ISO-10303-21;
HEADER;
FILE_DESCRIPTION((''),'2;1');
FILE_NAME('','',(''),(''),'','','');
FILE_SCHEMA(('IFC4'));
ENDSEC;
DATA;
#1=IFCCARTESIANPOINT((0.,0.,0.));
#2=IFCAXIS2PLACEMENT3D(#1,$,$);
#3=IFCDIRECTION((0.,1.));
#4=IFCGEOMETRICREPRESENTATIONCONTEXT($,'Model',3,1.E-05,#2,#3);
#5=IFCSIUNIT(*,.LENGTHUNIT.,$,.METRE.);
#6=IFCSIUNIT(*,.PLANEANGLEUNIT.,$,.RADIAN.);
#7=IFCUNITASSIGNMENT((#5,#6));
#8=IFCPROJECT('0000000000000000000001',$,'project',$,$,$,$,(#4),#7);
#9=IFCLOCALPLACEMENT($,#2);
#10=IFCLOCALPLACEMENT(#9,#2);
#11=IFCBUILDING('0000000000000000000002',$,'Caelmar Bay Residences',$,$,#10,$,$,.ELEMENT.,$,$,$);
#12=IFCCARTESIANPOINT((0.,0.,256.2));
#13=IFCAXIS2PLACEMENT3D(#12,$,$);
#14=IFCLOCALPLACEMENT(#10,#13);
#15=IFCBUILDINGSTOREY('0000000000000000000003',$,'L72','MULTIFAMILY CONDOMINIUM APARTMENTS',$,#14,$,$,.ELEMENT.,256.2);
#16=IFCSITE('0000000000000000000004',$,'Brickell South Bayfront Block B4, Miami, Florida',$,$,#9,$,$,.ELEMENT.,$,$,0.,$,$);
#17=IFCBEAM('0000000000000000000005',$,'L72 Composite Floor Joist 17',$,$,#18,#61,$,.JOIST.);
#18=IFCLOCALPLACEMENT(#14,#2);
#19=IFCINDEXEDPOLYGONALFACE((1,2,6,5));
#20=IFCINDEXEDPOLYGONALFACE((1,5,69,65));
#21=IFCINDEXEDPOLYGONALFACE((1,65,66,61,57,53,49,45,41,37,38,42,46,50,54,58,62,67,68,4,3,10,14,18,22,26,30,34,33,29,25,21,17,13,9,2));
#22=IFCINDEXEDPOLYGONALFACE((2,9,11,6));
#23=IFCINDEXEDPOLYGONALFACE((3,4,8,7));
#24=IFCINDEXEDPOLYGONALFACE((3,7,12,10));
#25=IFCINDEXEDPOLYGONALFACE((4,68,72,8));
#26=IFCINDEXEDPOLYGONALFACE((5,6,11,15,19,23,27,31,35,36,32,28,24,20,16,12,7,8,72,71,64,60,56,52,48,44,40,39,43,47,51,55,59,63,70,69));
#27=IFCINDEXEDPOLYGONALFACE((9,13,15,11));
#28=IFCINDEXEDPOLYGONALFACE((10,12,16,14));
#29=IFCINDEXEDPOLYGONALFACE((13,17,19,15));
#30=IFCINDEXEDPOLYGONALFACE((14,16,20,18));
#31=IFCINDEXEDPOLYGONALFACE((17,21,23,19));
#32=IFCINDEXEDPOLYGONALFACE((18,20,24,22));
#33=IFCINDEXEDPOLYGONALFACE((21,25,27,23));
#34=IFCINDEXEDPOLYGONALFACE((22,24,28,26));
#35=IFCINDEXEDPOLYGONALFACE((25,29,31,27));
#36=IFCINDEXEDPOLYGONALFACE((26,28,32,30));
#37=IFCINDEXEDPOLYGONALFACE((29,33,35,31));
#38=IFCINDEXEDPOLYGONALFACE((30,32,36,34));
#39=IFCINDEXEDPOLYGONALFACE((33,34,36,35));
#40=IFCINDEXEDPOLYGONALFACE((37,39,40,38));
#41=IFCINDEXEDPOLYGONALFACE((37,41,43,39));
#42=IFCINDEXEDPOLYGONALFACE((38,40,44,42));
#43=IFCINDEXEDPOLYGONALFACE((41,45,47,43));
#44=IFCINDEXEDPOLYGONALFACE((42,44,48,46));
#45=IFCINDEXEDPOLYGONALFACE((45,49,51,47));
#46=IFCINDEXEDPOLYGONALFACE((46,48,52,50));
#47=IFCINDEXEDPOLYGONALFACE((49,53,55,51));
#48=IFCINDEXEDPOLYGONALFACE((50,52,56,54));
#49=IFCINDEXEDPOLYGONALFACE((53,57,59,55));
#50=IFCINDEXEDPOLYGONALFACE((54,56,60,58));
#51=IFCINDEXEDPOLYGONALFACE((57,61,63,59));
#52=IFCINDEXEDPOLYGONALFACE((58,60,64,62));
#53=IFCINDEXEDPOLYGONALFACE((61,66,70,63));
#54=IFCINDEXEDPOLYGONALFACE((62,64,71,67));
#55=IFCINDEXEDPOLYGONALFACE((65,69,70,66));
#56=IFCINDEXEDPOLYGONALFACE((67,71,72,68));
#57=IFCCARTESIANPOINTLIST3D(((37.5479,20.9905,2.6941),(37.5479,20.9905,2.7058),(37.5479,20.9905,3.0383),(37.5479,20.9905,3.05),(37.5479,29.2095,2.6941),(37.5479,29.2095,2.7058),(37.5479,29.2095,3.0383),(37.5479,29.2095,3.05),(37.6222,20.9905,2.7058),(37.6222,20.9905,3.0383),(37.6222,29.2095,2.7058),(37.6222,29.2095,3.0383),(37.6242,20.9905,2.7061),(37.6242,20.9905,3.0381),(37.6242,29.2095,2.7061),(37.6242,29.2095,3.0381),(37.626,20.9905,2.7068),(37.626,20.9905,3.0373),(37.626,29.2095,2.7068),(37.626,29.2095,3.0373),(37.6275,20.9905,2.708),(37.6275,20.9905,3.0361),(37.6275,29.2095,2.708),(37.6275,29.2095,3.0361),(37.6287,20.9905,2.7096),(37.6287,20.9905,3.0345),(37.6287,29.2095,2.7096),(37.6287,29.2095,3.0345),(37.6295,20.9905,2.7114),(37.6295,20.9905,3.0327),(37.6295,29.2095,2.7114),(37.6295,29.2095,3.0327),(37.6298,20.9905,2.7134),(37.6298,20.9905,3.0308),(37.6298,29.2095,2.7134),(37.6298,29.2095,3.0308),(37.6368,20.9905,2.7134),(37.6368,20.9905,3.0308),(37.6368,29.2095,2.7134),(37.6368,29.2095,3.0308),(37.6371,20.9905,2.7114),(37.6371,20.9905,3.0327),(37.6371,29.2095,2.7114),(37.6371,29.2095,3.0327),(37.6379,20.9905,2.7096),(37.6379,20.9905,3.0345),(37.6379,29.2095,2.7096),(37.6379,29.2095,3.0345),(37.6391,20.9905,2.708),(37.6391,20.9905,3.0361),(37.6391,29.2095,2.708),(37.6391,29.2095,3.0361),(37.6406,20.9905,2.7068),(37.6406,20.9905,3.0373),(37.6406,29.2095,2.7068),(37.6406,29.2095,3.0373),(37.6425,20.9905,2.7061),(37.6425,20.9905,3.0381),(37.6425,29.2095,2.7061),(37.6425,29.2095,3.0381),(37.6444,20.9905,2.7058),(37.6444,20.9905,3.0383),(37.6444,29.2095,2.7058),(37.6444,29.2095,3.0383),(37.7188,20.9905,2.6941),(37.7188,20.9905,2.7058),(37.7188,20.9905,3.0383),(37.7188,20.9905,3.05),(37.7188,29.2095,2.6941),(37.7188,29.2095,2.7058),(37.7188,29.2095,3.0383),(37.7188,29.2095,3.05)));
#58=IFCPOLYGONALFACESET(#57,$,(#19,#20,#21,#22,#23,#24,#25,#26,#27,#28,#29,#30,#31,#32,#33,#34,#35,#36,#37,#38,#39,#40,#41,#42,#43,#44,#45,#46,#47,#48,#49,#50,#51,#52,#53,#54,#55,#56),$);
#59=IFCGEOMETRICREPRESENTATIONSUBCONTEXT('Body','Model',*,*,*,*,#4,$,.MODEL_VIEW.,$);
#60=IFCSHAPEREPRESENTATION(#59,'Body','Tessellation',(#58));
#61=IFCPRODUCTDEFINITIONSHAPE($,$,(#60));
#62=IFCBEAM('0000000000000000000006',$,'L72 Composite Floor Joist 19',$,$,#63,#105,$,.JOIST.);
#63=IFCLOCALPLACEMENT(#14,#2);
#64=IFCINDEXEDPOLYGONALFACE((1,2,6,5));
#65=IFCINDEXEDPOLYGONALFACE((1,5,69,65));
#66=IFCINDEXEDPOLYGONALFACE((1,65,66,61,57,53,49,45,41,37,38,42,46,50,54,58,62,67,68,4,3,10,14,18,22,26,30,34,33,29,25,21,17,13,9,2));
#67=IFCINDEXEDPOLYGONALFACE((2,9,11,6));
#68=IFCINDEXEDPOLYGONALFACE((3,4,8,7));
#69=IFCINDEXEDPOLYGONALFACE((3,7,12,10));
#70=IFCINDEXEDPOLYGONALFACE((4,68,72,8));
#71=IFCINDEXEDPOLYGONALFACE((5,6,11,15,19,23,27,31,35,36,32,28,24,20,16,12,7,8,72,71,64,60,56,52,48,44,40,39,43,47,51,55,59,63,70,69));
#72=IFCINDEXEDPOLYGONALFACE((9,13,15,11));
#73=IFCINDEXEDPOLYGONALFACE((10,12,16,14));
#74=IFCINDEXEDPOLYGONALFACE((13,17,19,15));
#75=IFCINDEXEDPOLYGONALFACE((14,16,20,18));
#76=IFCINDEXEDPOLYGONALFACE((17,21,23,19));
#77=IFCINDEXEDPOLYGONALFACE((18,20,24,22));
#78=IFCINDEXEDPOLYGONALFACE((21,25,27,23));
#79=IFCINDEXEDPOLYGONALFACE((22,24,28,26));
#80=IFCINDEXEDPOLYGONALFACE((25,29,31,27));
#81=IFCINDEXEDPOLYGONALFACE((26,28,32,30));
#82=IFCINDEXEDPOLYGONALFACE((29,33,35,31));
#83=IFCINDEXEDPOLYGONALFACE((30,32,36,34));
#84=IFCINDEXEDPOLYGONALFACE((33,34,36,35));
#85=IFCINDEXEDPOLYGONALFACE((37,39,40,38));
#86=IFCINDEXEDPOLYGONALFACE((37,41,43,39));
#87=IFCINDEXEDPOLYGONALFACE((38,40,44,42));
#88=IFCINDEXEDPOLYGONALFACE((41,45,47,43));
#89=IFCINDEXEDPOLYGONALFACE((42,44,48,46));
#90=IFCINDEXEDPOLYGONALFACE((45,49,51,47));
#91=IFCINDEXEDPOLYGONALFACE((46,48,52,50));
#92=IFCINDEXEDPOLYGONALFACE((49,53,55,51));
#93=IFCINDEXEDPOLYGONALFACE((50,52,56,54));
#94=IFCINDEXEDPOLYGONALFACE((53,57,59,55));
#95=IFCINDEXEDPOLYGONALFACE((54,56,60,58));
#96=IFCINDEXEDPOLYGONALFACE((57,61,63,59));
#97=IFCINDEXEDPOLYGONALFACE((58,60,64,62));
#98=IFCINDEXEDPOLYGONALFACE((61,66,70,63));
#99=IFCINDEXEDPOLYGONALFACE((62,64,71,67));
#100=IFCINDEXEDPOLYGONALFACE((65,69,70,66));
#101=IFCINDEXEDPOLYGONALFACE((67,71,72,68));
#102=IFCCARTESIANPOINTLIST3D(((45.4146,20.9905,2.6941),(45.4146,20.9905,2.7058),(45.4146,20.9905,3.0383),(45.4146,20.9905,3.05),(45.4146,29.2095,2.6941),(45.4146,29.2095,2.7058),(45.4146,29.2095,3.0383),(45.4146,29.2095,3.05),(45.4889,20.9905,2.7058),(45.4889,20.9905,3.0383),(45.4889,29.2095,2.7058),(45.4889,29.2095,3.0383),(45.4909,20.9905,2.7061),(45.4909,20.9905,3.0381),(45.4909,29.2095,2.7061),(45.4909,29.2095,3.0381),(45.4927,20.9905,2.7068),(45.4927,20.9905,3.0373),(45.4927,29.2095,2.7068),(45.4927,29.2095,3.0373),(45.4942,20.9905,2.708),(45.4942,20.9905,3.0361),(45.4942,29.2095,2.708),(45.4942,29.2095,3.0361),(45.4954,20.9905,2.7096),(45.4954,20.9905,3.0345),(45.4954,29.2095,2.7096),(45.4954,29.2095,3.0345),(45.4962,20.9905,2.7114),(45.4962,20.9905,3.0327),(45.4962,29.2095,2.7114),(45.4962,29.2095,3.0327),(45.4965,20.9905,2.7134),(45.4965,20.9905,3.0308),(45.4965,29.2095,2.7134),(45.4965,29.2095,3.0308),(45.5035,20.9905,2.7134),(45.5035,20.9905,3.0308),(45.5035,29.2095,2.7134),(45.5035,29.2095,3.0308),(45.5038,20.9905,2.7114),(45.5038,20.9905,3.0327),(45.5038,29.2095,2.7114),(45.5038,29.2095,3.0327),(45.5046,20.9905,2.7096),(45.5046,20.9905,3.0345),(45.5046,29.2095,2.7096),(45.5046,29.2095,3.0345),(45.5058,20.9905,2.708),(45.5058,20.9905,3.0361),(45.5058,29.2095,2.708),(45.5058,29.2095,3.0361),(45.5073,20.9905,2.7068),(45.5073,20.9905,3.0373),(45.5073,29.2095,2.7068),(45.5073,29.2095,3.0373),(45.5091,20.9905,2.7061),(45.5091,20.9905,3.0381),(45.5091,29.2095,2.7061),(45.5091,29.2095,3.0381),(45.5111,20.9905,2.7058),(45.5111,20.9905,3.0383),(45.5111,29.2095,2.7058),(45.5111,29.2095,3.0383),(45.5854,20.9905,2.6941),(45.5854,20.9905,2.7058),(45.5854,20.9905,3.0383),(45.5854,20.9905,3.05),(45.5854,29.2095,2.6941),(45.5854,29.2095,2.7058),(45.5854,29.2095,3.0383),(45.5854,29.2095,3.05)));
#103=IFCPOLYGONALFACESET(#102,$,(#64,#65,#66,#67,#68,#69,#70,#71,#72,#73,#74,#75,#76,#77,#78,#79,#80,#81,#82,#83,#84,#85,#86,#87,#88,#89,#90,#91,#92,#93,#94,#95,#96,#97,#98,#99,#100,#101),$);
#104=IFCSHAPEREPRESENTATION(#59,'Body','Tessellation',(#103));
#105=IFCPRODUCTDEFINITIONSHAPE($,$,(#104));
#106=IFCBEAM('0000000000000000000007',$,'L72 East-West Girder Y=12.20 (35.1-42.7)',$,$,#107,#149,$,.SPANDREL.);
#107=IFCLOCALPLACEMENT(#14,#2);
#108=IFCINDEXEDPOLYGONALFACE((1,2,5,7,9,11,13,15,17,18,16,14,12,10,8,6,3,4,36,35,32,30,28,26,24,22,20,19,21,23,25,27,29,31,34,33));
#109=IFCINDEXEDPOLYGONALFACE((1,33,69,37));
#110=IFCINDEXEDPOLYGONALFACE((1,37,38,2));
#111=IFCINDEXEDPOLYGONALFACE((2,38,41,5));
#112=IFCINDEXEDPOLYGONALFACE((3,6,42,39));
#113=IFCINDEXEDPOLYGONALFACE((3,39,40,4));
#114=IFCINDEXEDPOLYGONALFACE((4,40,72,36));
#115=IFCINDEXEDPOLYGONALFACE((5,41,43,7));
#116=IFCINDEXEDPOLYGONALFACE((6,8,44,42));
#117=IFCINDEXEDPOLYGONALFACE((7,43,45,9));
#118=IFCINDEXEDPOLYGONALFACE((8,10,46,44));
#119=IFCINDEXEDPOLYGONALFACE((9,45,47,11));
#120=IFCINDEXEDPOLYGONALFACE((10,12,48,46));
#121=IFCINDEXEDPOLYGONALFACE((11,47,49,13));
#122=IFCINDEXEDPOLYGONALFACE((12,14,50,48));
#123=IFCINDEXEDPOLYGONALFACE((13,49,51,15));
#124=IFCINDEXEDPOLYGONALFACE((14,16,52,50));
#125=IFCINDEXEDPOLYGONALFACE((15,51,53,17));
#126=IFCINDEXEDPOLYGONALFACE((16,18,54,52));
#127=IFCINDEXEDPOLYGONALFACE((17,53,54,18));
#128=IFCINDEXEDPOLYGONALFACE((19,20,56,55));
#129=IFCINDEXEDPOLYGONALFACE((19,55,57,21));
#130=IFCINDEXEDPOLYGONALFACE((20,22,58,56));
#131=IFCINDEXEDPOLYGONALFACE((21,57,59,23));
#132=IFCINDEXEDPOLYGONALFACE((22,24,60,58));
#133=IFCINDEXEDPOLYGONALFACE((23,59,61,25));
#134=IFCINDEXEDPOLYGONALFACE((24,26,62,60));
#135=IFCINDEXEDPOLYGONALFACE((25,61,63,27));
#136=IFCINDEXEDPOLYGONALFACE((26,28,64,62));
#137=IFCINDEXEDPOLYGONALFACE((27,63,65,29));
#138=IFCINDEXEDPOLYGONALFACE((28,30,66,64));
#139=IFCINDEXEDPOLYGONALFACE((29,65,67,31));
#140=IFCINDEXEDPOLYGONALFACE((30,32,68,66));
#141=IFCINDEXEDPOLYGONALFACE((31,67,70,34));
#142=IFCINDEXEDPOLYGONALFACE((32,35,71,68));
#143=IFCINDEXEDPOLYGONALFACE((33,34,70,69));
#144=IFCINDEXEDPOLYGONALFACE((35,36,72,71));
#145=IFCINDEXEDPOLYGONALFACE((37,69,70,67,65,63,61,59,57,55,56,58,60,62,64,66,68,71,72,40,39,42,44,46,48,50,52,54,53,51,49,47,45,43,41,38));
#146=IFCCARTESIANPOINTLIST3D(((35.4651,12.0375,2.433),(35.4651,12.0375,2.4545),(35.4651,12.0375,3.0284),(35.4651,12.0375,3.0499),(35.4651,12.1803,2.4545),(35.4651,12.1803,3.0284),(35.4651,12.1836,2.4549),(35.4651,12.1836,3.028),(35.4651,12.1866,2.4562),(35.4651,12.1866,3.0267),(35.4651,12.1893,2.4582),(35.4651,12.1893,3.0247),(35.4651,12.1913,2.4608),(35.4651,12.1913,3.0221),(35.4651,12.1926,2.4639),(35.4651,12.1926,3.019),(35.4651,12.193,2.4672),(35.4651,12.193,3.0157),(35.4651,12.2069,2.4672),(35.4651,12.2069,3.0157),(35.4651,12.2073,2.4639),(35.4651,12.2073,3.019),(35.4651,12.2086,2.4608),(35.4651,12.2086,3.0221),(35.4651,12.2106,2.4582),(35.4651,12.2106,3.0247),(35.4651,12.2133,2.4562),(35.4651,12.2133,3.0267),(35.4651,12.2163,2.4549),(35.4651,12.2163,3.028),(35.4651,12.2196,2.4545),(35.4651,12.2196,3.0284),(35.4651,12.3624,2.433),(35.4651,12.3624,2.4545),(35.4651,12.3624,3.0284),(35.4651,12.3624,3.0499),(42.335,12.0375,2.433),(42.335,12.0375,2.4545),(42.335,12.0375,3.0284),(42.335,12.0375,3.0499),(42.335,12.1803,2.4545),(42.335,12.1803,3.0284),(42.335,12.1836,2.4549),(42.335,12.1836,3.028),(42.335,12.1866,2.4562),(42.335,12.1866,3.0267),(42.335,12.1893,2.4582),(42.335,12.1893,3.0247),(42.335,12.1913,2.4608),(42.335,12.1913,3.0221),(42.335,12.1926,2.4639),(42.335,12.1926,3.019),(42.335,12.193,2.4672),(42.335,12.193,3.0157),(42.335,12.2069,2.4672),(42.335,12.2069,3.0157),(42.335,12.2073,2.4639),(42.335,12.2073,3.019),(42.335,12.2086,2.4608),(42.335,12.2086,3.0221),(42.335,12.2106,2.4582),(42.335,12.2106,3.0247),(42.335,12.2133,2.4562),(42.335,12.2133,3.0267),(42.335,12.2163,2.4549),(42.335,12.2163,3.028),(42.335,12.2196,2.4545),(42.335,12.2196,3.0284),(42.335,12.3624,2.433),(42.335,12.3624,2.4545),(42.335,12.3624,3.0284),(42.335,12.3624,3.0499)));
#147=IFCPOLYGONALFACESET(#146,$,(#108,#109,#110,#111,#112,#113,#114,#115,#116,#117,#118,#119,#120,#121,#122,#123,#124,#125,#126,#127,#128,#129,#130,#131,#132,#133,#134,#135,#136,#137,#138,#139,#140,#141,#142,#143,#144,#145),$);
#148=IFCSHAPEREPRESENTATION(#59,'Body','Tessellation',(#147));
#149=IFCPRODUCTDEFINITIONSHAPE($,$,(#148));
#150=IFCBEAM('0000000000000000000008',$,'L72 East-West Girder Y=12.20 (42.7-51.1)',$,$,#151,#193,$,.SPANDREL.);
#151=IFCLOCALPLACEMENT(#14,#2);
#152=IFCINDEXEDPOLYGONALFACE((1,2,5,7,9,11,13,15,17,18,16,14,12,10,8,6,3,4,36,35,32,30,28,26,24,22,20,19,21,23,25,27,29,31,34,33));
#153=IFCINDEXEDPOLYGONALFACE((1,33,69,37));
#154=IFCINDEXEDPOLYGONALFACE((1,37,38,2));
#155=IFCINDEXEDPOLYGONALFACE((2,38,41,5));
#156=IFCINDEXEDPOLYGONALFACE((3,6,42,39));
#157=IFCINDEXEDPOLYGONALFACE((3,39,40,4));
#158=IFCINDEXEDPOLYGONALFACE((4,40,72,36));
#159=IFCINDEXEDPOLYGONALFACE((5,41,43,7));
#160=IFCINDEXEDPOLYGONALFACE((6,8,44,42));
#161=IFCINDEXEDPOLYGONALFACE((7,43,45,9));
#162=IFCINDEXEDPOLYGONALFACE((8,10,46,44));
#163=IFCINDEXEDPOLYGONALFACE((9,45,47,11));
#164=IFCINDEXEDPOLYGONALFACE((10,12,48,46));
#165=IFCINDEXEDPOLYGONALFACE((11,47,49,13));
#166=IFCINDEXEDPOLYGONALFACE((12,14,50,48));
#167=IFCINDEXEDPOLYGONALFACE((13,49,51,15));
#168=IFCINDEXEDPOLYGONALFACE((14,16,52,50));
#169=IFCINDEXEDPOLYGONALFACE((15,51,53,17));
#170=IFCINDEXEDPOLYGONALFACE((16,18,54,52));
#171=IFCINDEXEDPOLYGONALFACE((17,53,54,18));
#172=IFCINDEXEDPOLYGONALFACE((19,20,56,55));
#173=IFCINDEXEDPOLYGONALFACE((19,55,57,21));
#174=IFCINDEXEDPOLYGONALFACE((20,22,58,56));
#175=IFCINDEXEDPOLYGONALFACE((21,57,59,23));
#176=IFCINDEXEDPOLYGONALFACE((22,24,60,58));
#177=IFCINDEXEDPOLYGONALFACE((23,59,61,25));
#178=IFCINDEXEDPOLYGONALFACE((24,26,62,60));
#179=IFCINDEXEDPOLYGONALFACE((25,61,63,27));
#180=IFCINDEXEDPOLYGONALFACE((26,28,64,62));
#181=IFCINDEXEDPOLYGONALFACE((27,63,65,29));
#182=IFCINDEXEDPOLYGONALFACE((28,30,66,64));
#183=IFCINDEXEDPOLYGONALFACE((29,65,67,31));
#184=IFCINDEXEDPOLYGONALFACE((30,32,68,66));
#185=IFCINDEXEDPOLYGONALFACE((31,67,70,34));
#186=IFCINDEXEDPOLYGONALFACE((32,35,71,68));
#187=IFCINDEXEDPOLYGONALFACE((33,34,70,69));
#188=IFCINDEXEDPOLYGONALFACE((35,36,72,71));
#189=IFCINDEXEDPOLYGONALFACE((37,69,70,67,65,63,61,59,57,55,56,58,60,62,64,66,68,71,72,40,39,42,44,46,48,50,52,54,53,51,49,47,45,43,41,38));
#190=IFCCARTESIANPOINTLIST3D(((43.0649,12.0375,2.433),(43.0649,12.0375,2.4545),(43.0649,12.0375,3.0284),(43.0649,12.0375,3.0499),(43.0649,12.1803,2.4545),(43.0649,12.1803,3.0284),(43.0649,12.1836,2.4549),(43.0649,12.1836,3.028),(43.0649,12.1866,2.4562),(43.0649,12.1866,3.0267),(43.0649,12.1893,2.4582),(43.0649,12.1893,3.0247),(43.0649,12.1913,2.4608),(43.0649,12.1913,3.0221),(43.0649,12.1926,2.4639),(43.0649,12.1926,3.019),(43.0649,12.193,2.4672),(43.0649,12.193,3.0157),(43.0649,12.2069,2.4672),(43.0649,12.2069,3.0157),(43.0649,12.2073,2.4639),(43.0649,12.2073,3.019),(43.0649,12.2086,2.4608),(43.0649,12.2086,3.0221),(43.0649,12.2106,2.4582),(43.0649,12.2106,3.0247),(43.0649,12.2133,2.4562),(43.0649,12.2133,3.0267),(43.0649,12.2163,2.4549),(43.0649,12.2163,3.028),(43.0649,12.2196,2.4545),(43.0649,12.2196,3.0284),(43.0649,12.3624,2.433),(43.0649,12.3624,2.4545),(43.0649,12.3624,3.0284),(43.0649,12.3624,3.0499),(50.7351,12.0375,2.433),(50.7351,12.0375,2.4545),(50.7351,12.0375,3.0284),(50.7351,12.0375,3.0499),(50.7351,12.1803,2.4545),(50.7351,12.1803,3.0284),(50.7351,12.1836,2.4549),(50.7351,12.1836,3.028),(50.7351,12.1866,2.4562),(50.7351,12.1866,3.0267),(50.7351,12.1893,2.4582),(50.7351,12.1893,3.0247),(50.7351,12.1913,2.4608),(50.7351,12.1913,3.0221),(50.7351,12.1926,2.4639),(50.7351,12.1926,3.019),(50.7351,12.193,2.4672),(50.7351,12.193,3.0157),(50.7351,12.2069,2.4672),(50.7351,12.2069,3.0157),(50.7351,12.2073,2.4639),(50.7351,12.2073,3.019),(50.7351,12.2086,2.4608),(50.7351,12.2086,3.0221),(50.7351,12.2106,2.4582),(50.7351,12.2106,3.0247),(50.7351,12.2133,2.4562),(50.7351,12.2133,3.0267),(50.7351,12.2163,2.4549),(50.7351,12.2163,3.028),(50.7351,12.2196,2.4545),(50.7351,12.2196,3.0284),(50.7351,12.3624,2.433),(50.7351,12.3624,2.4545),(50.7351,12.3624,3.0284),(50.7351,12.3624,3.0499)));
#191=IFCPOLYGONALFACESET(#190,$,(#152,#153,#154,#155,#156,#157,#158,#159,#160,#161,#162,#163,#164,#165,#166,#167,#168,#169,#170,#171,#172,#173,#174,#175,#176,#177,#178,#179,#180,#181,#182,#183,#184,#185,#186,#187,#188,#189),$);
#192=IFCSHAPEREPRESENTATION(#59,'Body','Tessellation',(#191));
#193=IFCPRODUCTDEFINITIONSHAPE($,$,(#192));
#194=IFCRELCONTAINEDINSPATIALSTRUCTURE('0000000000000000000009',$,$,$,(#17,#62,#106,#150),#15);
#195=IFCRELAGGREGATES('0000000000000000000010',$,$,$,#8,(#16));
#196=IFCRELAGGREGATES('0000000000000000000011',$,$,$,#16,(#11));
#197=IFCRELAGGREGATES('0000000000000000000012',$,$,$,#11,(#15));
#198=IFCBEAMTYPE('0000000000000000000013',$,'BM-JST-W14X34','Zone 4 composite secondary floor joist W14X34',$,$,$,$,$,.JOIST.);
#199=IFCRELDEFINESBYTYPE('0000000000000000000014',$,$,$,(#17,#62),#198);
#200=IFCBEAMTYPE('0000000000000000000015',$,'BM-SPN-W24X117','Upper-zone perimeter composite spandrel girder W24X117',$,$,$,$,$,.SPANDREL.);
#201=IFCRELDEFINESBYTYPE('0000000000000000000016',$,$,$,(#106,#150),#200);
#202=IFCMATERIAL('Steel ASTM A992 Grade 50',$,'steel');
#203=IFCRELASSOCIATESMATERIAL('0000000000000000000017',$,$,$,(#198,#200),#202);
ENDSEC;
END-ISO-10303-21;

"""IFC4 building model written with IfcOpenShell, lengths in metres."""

from ifc_helpers import new_model, si_unit, direction, frame, origin, origin_2d, place, context, subcontext, project, spatial, i_section, extrude, material, material_profile, profile_set, type_object, element, save


model = new_model("IFC4")

# Units and contexts
model_context = context("Model", 3, precision=1e-05, world=origin(), true_north=direction((0.0, 1.0)))
body_context = subcontext(model_context, "Body", "Model", "MODEL_VIEW")
ifc_project = project(units=[si_unit("LENGTHUNIT", "METRE"), si_unit("PLANEANGLEUNIT", "RADIAN")], contexts=[model_context])

# Site, building, storey
site_placement = place(None, origin())
site = spatial("IfcSite", under=ifc_project, at=site_placement, Name="Brickell South Bayfront Block B4, Miami, Florida", CompositionType="ELEMENT", RefElevation=0.0)
building_placement = place(site_placement, origin())
building = spatial("IfcBuilding", under=site, at=building_placement, Name="Caelmar Bay Residences", CompositionType="ELEMENT")
storey_placement = place(building_placement, frame((0.0, 0.0, 256.2)))
storey = spatial("IfcBuildingStorey", under=building, at=storey_placement, Name="L72", Description="MULTIFAMILY CONDOMINIUM APARTMENTS", CompositionType="ELEMENT", Elevation=256.2)

# Beams
ifc_material_1 = material(Name="Steel ASTM A992 Grade 50", Category="steel")
ifc_material_profile_1 = material_profile(ifc_material_1, i_section(OverallWidth=0.1709, OverallDepth=0.356, WebThickness=0.0071, FlangeThickness=0.0117, FilletRadius=0.0076, at=origin_2d()), Name="W14X34")
ifc_profile_set_1 = profile_set([ifc_material_profile_1], Name="Steel ASTM A992 Grade 50")
beam_type_1 = type_object("IfcBeamType", Name="BM-JST-W14X34", Description="Zone 4 composite secondary floor joist W14X34", PredefinedType="JOIST", material=ifc_profile_set_1)
for number, where, z_axis, x_axis, name in (
    (1, (37.6333, 20.9905, 2.8721), (0.0, 1.0, 0.0), (-1.0, 0.0, 0.0), "L72 Composite Floor Joist 17"),
    (2, (45.5, 20.9905, 2.8721), (0.0, 1.0, 0.0), (-1.0, 0.0, 0.0), "L72 Composite Floor Joist 19"),
):
    element("IfcBeam", number, at=place(storey_placement, frame(where, z_axis=z_axis, x_axis=x_axis)), inside=storey, type_object=beam_type_1, Name=name, PredefinedType="JOIST", context=body_context, shape_type="SweptSolid", body=[
        extrude(i_section(OverallWidth=0.1709, OverallDepth=0.356, WebThickness=0.0071, FlangeThickness=0.0117, FilletRadius=0.0076, at=origin_2d()), origin(), (0.0, 0.0, 1.0), 8.219),
    ])
ifc_material_profile_2 = material_profile(ifc_material_1, i_section(OverallWidth=0.325, OverallDepth=0.6169, WebThickness=0.0139, FlangeThickness=0.0215, FilletRadius=0.0127, at=origin_2d()), Name="W24X117")
ifc_profile_set_2 = profile_set([ifc_material_profile_2], Name="Steel ASTM A992 Grade 50")
beam_type_2 = type_object("IfcBeamType", Name="BM-SPN-W24X117", Description="Upper-zone perimeter composite spandrel girder W24X117", PredefinedType="SPANDREL", material=ifc_profile_set_2)
beam_1_placement = place(storey_placement, frame((35.4651, 12.2, 2.7415), z_axis=(1.0, 0.0, 0.0), x_axis=(0.0, 1.0, 0.0)))
element("IfcBeam", 3, at=beam_1_placement, inside=storey, type_object=beam_type_2, Name="L72 East-West Girder Y=12.20 (35.1-42.7)", PredefinedType="SPANDREL", context=body_context, shape_type="SweptSolid", body=[
    extrude(i_section(OverallWidth=0.325, OverallDepth=0.6169, WebThickness=0.0139, FlangeThickness=0.0215, FilletRadius=0.0127, at=origin_2d()), origin(), (0.0, 0.0, 1.0), 6.8699),
])
beam_2_placement = place(storey_placement, frame((43.0649, 12.2, 2.7415), z_axis=(1.0, 0.0, 0.0), x_axis=(0.0, 1.0, 0.0)))
element("IfcBeam", 4, at=beam_2_placement, inside=storey, type_object=beam_type_2, Name="L72 East-West Girder Y=12.20 (42.7-51.1)", PredefinedType="SPANDREL", context=body_context, shape_type="SweptSolid", body=[
    extrude(i_section(OverallWidth=0.325, OverallDepth=0.6169, WebThickness=0.0139, FlangeThickness=0.0215, FilletRadius=0.0127, at=origin_2d()), origin(), (0.0, 0.0, 1.0), 7.6702),
])

save(model, "model.ifc")
